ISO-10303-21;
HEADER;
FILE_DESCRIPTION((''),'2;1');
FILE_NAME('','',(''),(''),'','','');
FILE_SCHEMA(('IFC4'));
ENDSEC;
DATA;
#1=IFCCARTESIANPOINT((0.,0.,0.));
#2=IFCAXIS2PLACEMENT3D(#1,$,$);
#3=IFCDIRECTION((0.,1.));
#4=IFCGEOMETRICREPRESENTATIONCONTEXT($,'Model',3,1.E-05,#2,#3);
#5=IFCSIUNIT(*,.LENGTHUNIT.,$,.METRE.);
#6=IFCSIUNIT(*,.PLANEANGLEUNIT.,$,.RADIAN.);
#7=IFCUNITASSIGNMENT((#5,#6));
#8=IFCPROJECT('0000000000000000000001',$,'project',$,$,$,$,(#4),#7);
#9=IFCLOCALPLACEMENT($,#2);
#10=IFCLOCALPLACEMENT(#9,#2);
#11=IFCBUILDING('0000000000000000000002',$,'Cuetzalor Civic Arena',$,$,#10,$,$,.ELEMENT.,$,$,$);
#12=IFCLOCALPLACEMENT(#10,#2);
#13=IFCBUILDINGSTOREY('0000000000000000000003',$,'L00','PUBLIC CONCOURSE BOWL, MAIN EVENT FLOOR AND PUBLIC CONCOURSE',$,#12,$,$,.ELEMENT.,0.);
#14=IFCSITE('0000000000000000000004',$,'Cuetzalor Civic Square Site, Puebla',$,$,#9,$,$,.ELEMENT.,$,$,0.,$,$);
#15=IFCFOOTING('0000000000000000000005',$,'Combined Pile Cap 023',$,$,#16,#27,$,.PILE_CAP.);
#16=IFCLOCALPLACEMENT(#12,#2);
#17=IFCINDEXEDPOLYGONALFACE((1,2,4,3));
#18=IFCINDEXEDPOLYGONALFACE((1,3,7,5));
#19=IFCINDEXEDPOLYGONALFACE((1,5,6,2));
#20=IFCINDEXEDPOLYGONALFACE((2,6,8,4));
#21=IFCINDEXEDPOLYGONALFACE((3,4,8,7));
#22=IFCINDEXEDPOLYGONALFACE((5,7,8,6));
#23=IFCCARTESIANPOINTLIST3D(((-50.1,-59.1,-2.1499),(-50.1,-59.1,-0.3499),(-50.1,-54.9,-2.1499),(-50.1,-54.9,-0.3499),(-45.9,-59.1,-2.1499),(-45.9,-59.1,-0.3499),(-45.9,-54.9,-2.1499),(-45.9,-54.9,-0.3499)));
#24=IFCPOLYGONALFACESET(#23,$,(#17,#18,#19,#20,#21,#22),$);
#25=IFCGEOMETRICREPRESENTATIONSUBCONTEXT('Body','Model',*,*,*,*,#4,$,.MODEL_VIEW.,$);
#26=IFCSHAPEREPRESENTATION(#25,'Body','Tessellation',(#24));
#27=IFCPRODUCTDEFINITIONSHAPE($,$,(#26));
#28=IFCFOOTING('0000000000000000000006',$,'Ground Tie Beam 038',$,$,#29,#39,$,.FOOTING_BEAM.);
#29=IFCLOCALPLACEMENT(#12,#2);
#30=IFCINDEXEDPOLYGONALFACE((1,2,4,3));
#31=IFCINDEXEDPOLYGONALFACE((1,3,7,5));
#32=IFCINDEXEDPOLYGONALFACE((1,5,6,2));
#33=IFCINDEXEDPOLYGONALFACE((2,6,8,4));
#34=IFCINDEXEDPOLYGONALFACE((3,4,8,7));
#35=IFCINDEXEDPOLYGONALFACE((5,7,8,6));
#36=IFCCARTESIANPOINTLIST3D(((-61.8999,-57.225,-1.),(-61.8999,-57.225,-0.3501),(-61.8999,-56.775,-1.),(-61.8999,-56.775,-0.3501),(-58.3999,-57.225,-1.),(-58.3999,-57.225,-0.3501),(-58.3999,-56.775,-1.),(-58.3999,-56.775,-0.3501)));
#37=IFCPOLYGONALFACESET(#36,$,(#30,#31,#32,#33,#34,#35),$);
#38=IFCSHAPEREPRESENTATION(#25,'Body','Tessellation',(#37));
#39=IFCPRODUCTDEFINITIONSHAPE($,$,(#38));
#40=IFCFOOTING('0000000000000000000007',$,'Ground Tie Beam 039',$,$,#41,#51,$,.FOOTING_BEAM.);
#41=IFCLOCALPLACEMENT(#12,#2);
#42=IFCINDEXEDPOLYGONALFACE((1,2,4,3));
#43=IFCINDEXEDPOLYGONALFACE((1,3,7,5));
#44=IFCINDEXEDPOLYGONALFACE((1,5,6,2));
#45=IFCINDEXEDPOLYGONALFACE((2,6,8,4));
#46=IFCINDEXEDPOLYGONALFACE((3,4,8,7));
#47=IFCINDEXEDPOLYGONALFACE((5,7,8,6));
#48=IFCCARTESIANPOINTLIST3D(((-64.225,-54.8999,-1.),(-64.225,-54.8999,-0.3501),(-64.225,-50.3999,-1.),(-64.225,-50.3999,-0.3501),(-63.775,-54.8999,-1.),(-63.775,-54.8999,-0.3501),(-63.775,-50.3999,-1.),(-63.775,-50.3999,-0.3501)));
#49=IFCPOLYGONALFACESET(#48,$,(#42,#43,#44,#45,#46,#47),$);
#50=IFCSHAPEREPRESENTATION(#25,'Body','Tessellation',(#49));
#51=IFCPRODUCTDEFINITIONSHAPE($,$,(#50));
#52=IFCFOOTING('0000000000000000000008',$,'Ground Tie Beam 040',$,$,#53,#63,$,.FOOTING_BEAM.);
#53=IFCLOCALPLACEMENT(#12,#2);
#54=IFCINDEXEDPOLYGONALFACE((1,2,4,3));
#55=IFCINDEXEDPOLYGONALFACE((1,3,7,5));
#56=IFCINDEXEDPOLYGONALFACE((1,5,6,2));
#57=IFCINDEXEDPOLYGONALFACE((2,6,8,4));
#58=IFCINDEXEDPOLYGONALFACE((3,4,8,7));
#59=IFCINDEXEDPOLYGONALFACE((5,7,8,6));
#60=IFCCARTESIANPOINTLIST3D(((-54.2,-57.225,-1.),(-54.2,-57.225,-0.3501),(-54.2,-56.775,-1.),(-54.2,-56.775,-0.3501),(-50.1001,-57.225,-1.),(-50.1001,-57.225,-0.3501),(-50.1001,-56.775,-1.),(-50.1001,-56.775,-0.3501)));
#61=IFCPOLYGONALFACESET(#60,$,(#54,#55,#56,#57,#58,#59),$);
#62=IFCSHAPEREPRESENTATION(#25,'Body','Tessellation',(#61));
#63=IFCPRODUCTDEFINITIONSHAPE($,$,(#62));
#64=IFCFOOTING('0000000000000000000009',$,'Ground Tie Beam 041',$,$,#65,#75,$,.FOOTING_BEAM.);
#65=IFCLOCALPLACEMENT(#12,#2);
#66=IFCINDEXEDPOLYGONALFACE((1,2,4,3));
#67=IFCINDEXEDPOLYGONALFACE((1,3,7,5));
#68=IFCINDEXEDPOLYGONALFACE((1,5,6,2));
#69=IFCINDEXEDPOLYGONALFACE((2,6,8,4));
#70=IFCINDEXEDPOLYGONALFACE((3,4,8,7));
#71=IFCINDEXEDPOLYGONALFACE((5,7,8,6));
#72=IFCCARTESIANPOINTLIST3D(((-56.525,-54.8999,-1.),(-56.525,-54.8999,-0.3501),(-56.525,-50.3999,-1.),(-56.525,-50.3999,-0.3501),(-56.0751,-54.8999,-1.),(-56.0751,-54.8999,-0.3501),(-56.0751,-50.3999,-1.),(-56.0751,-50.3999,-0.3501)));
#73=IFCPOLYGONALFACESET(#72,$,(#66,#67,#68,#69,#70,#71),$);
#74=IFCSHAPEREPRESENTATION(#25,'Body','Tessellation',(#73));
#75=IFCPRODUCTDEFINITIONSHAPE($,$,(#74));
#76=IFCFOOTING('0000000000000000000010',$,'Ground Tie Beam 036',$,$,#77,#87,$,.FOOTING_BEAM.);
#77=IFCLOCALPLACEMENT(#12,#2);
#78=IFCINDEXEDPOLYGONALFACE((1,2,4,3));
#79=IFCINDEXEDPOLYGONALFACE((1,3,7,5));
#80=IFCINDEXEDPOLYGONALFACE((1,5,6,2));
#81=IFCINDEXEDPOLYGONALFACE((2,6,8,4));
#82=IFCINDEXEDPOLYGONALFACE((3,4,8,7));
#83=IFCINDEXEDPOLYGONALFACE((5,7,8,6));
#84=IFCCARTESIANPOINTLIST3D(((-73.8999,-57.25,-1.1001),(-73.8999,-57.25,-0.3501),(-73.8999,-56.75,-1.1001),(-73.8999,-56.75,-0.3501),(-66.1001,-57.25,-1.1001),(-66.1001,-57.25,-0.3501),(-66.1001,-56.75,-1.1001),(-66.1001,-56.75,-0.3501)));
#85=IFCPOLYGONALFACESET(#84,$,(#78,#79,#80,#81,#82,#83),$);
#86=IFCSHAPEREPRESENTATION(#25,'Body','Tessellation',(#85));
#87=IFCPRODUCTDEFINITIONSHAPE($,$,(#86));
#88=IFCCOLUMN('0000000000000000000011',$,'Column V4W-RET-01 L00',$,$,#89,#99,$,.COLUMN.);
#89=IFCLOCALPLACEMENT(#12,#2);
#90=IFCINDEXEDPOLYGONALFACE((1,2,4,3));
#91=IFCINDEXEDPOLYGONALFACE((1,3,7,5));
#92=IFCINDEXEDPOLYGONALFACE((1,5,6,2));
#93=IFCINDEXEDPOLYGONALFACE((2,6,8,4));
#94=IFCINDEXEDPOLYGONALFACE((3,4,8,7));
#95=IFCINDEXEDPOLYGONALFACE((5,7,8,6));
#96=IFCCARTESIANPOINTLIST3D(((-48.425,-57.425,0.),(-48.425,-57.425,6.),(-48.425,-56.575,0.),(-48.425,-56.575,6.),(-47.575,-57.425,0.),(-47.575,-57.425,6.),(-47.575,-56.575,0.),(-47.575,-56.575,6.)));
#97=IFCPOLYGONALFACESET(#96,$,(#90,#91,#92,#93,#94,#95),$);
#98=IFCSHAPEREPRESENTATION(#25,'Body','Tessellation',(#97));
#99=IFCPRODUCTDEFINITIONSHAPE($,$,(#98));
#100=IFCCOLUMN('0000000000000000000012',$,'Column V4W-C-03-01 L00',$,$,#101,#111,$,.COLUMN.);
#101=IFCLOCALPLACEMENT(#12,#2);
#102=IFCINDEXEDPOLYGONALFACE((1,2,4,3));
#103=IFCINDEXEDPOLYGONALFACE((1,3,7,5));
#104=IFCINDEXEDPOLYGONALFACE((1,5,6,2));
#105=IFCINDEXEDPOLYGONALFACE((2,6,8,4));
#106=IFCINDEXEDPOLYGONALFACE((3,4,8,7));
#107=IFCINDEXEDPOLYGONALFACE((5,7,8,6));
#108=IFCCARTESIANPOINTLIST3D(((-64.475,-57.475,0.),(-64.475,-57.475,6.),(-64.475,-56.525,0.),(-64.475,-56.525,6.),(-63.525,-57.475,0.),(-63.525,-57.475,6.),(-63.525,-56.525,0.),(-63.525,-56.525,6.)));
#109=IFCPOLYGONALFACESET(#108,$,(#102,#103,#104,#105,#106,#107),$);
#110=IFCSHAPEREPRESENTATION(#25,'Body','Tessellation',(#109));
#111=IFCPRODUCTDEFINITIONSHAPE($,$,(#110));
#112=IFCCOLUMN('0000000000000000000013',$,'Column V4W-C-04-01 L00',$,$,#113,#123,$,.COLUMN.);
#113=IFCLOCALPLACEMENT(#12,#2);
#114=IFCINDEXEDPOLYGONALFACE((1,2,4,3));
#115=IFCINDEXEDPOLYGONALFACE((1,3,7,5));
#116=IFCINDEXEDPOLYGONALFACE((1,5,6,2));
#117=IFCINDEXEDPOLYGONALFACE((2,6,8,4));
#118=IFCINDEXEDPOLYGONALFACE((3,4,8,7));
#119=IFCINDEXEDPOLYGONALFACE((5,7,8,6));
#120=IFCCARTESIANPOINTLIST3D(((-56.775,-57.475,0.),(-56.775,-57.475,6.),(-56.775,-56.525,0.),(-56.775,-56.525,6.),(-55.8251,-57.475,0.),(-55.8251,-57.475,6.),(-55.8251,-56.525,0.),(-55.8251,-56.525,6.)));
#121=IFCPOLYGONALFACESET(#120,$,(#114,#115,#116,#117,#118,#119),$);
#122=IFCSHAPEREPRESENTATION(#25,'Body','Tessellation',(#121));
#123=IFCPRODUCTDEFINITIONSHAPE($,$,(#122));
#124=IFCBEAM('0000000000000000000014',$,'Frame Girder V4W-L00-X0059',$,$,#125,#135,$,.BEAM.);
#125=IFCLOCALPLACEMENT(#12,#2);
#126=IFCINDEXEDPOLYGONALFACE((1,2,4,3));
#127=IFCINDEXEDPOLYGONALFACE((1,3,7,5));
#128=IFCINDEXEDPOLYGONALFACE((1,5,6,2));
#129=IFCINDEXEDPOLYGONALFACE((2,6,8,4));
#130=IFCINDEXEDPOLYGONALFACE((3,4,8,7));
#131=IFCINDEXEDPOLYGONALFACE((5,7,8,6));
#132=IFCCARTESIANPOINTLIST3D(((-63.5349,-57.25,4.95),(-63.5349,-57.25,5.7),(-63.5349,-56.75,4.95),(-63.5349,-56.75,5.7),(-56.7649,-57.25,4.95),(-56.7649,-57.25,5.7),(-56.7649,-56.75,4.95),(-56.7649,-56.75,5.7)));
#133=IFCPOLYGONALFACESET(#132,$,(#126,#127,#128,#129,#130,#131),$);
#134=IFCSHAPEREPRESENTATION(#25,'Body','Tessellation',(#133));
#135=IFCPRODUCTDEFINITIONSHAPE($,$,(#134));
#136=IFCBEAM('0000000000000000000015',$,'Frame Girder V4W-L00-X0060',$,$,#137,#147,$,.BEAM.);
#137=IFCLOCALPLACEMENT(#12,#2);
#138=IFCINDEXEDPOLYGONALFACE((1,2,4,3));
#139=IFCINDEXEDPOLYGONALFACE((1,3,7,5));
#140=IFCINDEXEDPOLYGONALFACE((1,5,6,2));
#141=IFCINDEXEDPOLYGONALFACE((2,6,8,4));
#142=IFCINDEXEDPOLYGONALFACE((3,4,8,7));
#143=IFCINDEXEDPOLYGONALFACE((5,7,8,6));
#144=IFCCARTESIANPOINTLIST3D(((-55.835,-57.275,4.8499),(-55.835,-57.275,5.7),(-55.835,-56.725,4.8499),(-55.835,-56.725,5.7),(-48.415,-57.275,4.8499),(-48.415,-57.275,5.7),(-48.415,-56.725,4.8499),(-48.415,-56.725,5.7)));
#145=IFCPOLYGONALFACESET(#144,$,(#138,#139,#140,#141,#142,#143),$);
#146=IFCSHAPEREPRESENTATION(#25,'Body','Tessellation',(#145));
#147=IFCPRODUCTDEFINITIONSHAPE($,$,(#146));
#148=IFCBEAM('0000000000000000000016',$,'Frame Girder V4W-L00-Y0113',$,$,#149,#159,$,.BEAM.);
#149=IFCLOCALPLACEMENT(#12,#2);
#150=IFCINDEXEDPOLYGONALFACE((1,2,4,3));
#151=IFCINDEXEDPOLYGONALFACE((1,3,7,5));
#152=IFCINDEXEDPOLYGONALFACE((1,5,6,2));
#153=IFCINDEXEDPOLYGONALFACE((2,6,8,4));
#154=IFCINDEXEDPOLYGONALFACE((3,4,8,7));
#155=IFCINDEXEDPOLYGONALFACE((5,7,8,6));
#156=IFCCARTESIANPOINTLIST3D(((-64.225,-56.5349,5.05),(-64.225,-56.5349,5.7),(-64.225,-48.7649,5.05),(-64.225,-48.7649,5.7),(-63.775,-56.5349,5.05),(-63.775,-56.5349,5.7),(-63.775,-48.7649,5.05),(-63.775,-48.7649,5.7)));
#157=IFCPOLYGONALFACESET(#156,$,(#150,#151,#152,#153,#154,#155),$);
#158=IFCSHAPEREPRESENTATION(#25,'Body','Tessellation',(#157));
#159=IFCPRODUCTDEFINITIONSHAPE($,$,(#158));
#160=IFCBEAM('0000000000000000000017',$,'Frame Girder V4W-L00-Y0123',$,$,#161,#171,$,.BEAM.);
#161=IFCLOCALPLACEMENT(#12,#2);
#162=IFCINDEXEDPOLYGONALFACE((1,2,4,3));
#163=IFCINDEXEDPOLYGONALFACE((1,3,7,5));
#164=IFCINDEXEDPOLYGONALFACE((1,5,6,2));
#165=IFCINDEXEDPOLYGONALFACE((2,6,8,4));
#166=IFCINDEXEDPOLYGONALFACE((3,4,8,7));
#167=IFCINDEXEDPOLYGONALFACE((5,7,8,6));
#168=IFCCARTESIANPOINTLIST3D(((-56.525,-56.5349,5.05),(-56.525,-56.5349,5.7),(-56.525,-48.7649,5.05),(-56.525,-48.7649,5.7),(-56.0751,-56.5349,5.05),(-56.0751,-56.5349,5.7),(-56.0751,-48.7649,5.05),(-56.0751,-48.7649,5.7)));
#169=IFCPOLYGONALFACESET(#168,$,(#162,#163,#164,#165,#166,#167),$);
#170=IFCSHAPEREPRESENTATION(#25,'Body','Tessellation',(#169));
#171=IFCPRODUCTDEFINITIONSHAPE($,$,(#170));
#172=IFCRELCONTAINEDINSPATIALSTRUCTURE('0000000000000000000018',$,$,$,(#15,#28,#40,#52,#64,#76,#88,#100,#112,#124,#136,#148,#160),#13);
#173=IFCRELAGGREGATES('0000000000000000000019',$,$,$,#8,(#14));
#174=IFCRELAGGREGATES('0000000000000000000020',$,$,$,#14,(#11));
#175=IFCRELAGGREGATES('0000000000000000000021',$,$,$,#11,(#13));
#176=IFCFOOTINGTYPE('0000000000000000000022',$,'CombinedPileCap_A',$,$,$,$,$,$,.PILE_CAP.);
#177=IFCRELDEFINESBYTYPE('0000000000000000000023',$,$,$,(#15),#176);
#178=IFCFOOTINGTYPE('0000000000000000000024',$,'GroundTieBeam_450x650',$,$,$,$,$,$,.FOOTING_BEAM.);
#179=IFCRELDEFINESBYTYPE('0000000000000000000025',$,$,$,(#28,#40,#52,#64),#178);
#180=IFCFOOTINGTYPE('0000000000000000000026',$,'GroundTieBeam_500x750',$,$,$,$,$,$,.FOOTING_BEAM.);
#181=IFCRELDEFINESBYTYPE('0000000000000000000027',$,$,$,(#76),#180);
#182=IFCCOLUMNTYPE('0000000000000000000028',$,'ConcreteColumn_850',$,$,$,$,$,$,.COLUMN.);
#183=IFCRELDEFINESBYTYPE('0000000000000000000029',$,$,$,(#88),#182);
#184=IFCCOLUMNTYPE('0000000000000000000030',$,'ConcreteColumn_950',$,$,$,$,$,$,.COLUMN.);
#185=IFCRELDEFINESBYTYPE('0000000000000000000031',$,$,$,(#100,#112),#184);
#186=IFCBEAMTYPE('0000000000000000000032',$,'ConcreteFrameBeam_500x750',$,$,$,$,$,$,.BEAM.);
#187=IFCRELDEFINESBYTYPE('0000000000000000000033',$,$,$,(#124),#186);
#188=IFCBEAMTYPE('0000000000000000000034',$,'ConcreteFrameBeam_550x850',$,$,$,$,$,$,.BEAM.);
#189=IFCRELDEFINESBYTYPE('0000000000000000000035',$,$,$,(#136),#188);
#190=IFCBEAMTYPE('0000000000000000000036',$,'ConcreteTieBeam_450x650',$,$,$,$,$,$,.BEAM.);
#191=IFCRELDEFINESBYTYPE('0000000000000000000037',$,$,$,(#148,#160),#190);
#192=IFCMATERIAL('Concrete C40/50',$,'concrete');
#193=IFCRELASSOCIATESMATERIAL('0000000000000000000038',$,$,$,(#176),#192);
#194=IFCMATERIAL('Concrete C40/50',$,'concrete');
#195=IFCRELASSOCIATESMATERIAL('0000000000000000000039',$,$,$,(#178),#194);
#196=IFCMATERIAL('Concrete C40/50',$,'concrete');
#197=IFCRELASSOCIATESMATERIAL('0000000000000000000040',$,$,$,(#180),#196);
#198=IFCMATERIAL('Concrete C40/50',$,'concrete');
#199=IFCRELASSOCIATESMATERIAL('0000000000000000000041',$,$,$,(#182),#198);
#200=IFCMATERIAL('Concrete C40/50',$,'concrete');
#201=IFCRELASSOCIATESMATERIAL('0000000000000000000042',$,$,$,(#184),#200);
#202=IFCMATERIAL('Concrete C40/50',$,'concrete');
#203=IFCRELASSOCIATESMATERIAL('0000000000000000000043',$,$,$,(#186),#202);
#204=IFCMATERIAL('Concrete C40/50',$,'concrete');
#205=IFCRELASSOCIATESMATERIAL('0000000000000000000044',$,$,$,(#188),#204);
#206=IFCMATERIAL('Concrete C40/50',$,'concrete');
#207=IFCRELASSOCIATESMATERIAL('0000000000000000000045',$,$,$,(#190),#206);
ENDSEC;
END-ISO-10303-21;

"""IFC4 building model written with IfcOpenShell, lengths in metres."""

from ifc_helpers import new_model, si_unit, direction, frame, origin, origin_2d, place, context, subcontext, project, spatial, rectangle, extrude, material, material_profile, profile_set, type_object, element, save


model = new_model("IFC4")

# Units and contexts
model_context = context("Model", 3, precision=1e-05, world=origin(), true_north=direction((0.0, 1.0)))
body_context = subcontext(model_context, "Body", "Model", "MODEL_VIEW")
ifc_project = project(units=[si_unit("LENGTHUNIT", "METRE"), si_unit("PLANEANGLEUNIT", "RADIAN")], contexts=[model_context])

# Site, building, storey
site_placement = place(None, origin())
site = spatial("IfcSite", under=ifc_project, at=site_placement, Name="Cuetzalor Civic Square Site, Puebla", CompositionType="ELEMENT", RefElevation=0.0)
building_placement = place(site_placement, origin())
building = spatial("IfcBuilding", under=site, at=building_placement, Name="Cuetzalor Civic Arena", CompositionType="ELEMENT")
storey_placement = place(building_placement, origin())
storey = spatial("IfcBuildingStorey", under=building, at=storey_placement, Name="L00", Description="PUBLIC CONCOURSE BOWL, MAIN EVENT FLOOR AND PUBLIC CONCOURSE", CompositionType="ELEMENT", Elevation=0.0)

# Footings
ifc_material_1 = material(Name="Concrete C40/50", Category="concrete")
footing_type_1 = type_object("IfcFootingType", Name="CombinedPileCap_A", PredefinedType="PILE_CAP", material=ifc_material_1)
for number, where, z_axis, x_axis, name in (
    (1, (-48.0, -57.0, -2.1499), (0.0, 0.0, 1.0), (1.0, 0.0, 0.0), "Combined Pile Cap 023"),
):
    element("IfcFooting", number, at=place(storey_placement, frame(where, z_axis=z_axis, x_axis=x_axis)), inside=storey, type_object=footing_type_1, Name=name, PredefinedType="PILE_CAP", context=body_context, shape_type="SweptSolid", body=[
        extrude(rectangle(XDim=4.2, YDim=4.2, at=origin_2d()), origin(), (0.0, 0.0, 1.0), 1.8),
    ])
ifc_material_2 = material(Name="Concrete C40/50", Category="concrete")
ifc_material_profile_1 = material_profile(ifc_material_2, rectangle(XDim=0.45, YDim=0.6499, at=origin_2d()), Name="RC 450x650")
ifc_profile_set_1 = profile_set([ifc_material_profile_1], Name="Concrete C40/50")
footing_type_2 = type_object("IfcFootingType", Name="GroundTieBeam_450x650", PredefinedType="FOOTING_BEAM", material=ifc_profile_set_1)
footing_1_placement = place(storey_placement, frame((-61.8999, -57.0, -0.675), z_axis=(1.0, 0.0, 0.0), x_axis=(0.0, 1.0, 0.0)))
element("IfcFooting", 2, at=footing_1_placement, inside=storey, type_object=footing_type_2, Name="Ground Tie Beam 038", PredefinedType="FOOTING_BEAM", context=body_context, shape_type="SweptSolid", body=[
    extrude(rectangle(XDim=0.45, YDim=0.6499, at=origin_2d()), origin(), (0.0, 0.0, 1.0), 3.5),
])
footing_2_placement = place(storey_placement, frame((-64.0, -54.8999, -0.675), z_axis=(0.0, 1.0, 0.0), x_axis=(-1.0, 0.0, 0.0)))
element("IfcFooting", 3, at=footing_2_placement, inside=storey, type_object=footing_type_2, Name="Ground Tie Beam 039", PredefinedType="FOOTING_BEAM", context=body_context, shape_type="SweptSolid", body=[
    extrude(rectangle(XDim=0.45, YDim=0.6499, at=origin_2d()), origin(), (0.0, 0.0, 1.0), 4.5),
])
footing_3_placement = place(storey_placement, frame((-54.2, -57.0, -0.675), z_axis=(1.0, 0.0, 0.0), x_axis=(0.0, 1.0, 0.0)))
element("IfcFooting", 4, at=footing_3_placement, inside=storey, type_object=footing_type_2, Name="Ground Tie Beam 040", PredefinedType="FOOTING_BEAM", context=body_context, shape_type="SweptSolid", body=[
    extrude(rectangle(XDim=0.45, YDim=0.6499, at=origin_2d()), origin(), (0.0, 0.0, 1.0), 4.0999),
])
footing_4_placement = place(storey_placement, frame((-56.3, -54.8999, -0.675), z_axis=(0.0, 1.0, 0.0), x_axis=(-1.0, 0.0, 0.0)))
element("IfcFooting", 5, at=footing_4_placement, inside=storey, type_object=footing_type_2, Name="Ground Tie Beam 041", PredefinedType="FOOTING_BEAM", context=body_context, shape_type="SweptSolid", body=[
    extrude(rectangle(XDim=0.45, YDim=0.6499, at=origin_2d()), origin(), (0.0, 0.0, 1.0), 4.5),
])
ifc_material_3 = material(Name="Concrete C40/50", Category="concrete")
ifc_material_profile_2 = material_profile(ifc_material_3, rectangle(XDim=0.5, YDim=0.75, at=origin_2d()), Name="RC 500x750")
ifc_profile_set_2 = profile_set([ifc_material_profile_2], Name="Concrete C40/50")
footing_type_3 = type_object("IfcFootingType", Name="GroundTieBeam_500x750", PredefinedType="FOOTING_BEAM", material=ifc_profile_set_2)
footing_5_placement = place(storey_placement, frame((-73.8999, -57.0, -0.7251), z_axis=(1.0, 0.0, 0.0), x_axis=(0.0, 1.0, 0.0)))
element("IfcFooting", 6, at=footing_5_placement, inside=storey, type_object=footing_type_3, Name="Ground Tie Beam 036", PredefinedType="FOOTING_BEAM", context=body_context, shape_type="SweptSolid", body=[
    extrude(rectangle(XDim=0.5, YDim=0.75, at=origin_2d()), origin(), (0.0, 0.0, 1.0), 7.7998),
])

# Columns
ifc_material_4 = material(Name="Concrete C40/50", Category="concrete")
ifc_material_profile_3 = material_profile(ifc_material_4, rectangle(XDim=0.8501, YDim=0.8501, at=origin_2d()), Name="RC 850x850")
ifc_profile_set_3 = profile_set([ifc_material_profile_3], Name="Concrete C40/50")
column_type_1 = type_object("IfcColumnType", Name="ConcreteColumn_850", PredefinedType="COLUMN", material=ifc_profile_set_3)
column_placement = place(storey_placement, frame((-48.0, -57.0, 0.0), z_axis=(0.0, 0.0, 1.0), x_axis=(1.0, 0.0, 0.0)))
element("IfcColumn", 7, at=column_placement, inside=storey, type_object=column_type_1, Name="Column V4W-RET-01 L00", PredefinedType="COLUMN", context=body_context, shape_type="SweptSolid", body=[
    extrude(rectangle(XDim=0.8501, YDim=0.8501, at=origin_2d()), origin(), (0.0, 0.0, 1.0), 6.0),
])
ifc_material_5 = material(Name="Concrete C40/50", Category="concrete")
ifc_material_profile_4 = material_profile(ifc_material_5, rectangle(XDim=0.95, YDim=0.95, at=origin_2d()), Name="RC 950x950")
ifc_profile_set_4 = profile_set([ifc_material_profile_4], Name="Concrete C40/50")
column_type_2 = type_object("IfcColumnType", Name="ConcreteColumn_950", PredefinedType="COLUMN", material=ifc_profile_set_4)
for number, where, z_axis, x_axis, name in (
    (8, (-64.0, -57.0, 0.0), (0.0, 0.0, 1.0), (1.0, 0.0, 0.0), "Column V4W-C-03-01 L00"),
    (9, (-56.3, -57.0, 0.0), (0.0, 0.0, 1.0), (1.0, 0.0, 0.0), "Column V4W-C-04-01 L00"),
):
    element("IfcColumn", number, at=place(storey_placement, frame(where, z_axis=z_axis, x_axis=x_axis)), inside=storey, type_object=column_type_2, Name=name, PredefinedType="COLUMN", context=body_context, shape_type="SweptSolid", body=[
        extrude(rectangle(XDim=0.95, YDim=0.95, at=origin_2d()), origin(), (0.0, 0.0, 1.0), 6.0),
    ])

# Beams
ifc_material_6 = material(Name="Concrete C40/50", Category="concrete")
ifc_material_profile_5 = material_profile(ifc_material_6, rectangle(XDim=0.5, YDim=0.75, at=origin_2d()), Name="RC 500x750")
ifc_profile_set_5 = profile_set([ifc_material_profile_5], Name="Concrete C40/50")
beam_type_1 = type_object("IfcBeamType", Name="ConcreteFrameBeam_500x750", PredefinedType="BEAM", material=ifc_profile_set_5)
beam_1_placement = place(storey_placement, frame((-63.5349, -57.0, 5.325), z_axis=(1.0, 0.0, 0.0), x_axis=(0.0, 1.0, 0.0)))
element("IfcBeam", 10, at=beam_1_placement, inside=storey, type_object=beam_type_1, Name="Frame Girder V4W-L00-X0059", PredefinedType="BEAM", context=body_context, shape_type="SweptSolid", body=[
    extrude(rectangle(XDim=0.5, YDim=0.75, at=origin_2d()), origin(), (0.0, 0.0, 1.0), 6.77),
])
ifc_material_7 = material(Name="Concrete C40/50", Category="concrete")
ifc_material_profile_6 = material_profile(ifc_material_7, rectangle(XDim=0.55, YDim=0.8501, at=origin_2d()), Name="RC 550x850")
ifc_profile_set_6 = profile_set([ifc_material_profile_6], Name="Concrete C40/50")
beam_type_2 = type_object("IfcBeamType", Name="ConcreteFrameBeam_550x850", PredefinedType="BEAM", material=ifc_profile_set_6)
beam_2_placement = place(storey_placement, frame((-55.835, -57.0, 5.2749), z_axis=(1.0, 0.0, 0.0), x_axis=(0.0, 1.0, 0.0)))
element("IfcBeam", 11, at=beam_2_placement, inside=storey, type_object=beam_type_2, Name="Frame Girder V4W-L00-X0060", PredefinedType="BEAM", context=body_context, shape_type="SweptSolid", body=[
    extrude(rectangle(XDim=0.55, YDim=0.8501, at=origin_2d()), origin(), (0.0, 0.0, 1.0), 7.4199),
])
ifc_material_8 = material(Name="Concrete C40/50", Category="concrete")
ifc_material_profile_7 = material_profile(ifc_material_8, rectangle(XDim=0.45, YDim=0.6499, at=origin_2d()), Name="RC 450x650")
ifc_profile_set_7 = profile_set([ifc_material_profile_7], Name="Concrete C40/50")
beam_type_3 = type_object("IfcBeamType", Name="ConcreteTieBeam_450x650", PredefinedType="BEAM", material=ifc_profile_set_7)
for number, where, z_axis, x_axis, name in (
    (12, (-64.0, -56.5349, 5.375), (0.0, 1.0, 0.0), (-1.0, 0.0, 0.0), "Frame Girder V4W-L00-Y0113"),
    (13, (-56.3, -56.5349, 5.375), (0.0, 1.0, 0.0), (-1.0, 0.0, 0.0), "Frame Girder V4W-L00-Y0123"),
):
    element("IfcBeam", number, at=place(storey_placement, frame(where, z_axis=z_axis, x_axis=x_axis)), inside=storey, type_object=beam_type_3, Name=name, PredefinedType="BEAM", context=body_context, shape_type="SweptSolid", body=[
        extrude(rectangle(XDim=0.45, YDim=0.6499, at=origin_2d()), origin(), (0.0, 0.0, 1.0), 7.77),
    ])

save(model, "model.ifc")
